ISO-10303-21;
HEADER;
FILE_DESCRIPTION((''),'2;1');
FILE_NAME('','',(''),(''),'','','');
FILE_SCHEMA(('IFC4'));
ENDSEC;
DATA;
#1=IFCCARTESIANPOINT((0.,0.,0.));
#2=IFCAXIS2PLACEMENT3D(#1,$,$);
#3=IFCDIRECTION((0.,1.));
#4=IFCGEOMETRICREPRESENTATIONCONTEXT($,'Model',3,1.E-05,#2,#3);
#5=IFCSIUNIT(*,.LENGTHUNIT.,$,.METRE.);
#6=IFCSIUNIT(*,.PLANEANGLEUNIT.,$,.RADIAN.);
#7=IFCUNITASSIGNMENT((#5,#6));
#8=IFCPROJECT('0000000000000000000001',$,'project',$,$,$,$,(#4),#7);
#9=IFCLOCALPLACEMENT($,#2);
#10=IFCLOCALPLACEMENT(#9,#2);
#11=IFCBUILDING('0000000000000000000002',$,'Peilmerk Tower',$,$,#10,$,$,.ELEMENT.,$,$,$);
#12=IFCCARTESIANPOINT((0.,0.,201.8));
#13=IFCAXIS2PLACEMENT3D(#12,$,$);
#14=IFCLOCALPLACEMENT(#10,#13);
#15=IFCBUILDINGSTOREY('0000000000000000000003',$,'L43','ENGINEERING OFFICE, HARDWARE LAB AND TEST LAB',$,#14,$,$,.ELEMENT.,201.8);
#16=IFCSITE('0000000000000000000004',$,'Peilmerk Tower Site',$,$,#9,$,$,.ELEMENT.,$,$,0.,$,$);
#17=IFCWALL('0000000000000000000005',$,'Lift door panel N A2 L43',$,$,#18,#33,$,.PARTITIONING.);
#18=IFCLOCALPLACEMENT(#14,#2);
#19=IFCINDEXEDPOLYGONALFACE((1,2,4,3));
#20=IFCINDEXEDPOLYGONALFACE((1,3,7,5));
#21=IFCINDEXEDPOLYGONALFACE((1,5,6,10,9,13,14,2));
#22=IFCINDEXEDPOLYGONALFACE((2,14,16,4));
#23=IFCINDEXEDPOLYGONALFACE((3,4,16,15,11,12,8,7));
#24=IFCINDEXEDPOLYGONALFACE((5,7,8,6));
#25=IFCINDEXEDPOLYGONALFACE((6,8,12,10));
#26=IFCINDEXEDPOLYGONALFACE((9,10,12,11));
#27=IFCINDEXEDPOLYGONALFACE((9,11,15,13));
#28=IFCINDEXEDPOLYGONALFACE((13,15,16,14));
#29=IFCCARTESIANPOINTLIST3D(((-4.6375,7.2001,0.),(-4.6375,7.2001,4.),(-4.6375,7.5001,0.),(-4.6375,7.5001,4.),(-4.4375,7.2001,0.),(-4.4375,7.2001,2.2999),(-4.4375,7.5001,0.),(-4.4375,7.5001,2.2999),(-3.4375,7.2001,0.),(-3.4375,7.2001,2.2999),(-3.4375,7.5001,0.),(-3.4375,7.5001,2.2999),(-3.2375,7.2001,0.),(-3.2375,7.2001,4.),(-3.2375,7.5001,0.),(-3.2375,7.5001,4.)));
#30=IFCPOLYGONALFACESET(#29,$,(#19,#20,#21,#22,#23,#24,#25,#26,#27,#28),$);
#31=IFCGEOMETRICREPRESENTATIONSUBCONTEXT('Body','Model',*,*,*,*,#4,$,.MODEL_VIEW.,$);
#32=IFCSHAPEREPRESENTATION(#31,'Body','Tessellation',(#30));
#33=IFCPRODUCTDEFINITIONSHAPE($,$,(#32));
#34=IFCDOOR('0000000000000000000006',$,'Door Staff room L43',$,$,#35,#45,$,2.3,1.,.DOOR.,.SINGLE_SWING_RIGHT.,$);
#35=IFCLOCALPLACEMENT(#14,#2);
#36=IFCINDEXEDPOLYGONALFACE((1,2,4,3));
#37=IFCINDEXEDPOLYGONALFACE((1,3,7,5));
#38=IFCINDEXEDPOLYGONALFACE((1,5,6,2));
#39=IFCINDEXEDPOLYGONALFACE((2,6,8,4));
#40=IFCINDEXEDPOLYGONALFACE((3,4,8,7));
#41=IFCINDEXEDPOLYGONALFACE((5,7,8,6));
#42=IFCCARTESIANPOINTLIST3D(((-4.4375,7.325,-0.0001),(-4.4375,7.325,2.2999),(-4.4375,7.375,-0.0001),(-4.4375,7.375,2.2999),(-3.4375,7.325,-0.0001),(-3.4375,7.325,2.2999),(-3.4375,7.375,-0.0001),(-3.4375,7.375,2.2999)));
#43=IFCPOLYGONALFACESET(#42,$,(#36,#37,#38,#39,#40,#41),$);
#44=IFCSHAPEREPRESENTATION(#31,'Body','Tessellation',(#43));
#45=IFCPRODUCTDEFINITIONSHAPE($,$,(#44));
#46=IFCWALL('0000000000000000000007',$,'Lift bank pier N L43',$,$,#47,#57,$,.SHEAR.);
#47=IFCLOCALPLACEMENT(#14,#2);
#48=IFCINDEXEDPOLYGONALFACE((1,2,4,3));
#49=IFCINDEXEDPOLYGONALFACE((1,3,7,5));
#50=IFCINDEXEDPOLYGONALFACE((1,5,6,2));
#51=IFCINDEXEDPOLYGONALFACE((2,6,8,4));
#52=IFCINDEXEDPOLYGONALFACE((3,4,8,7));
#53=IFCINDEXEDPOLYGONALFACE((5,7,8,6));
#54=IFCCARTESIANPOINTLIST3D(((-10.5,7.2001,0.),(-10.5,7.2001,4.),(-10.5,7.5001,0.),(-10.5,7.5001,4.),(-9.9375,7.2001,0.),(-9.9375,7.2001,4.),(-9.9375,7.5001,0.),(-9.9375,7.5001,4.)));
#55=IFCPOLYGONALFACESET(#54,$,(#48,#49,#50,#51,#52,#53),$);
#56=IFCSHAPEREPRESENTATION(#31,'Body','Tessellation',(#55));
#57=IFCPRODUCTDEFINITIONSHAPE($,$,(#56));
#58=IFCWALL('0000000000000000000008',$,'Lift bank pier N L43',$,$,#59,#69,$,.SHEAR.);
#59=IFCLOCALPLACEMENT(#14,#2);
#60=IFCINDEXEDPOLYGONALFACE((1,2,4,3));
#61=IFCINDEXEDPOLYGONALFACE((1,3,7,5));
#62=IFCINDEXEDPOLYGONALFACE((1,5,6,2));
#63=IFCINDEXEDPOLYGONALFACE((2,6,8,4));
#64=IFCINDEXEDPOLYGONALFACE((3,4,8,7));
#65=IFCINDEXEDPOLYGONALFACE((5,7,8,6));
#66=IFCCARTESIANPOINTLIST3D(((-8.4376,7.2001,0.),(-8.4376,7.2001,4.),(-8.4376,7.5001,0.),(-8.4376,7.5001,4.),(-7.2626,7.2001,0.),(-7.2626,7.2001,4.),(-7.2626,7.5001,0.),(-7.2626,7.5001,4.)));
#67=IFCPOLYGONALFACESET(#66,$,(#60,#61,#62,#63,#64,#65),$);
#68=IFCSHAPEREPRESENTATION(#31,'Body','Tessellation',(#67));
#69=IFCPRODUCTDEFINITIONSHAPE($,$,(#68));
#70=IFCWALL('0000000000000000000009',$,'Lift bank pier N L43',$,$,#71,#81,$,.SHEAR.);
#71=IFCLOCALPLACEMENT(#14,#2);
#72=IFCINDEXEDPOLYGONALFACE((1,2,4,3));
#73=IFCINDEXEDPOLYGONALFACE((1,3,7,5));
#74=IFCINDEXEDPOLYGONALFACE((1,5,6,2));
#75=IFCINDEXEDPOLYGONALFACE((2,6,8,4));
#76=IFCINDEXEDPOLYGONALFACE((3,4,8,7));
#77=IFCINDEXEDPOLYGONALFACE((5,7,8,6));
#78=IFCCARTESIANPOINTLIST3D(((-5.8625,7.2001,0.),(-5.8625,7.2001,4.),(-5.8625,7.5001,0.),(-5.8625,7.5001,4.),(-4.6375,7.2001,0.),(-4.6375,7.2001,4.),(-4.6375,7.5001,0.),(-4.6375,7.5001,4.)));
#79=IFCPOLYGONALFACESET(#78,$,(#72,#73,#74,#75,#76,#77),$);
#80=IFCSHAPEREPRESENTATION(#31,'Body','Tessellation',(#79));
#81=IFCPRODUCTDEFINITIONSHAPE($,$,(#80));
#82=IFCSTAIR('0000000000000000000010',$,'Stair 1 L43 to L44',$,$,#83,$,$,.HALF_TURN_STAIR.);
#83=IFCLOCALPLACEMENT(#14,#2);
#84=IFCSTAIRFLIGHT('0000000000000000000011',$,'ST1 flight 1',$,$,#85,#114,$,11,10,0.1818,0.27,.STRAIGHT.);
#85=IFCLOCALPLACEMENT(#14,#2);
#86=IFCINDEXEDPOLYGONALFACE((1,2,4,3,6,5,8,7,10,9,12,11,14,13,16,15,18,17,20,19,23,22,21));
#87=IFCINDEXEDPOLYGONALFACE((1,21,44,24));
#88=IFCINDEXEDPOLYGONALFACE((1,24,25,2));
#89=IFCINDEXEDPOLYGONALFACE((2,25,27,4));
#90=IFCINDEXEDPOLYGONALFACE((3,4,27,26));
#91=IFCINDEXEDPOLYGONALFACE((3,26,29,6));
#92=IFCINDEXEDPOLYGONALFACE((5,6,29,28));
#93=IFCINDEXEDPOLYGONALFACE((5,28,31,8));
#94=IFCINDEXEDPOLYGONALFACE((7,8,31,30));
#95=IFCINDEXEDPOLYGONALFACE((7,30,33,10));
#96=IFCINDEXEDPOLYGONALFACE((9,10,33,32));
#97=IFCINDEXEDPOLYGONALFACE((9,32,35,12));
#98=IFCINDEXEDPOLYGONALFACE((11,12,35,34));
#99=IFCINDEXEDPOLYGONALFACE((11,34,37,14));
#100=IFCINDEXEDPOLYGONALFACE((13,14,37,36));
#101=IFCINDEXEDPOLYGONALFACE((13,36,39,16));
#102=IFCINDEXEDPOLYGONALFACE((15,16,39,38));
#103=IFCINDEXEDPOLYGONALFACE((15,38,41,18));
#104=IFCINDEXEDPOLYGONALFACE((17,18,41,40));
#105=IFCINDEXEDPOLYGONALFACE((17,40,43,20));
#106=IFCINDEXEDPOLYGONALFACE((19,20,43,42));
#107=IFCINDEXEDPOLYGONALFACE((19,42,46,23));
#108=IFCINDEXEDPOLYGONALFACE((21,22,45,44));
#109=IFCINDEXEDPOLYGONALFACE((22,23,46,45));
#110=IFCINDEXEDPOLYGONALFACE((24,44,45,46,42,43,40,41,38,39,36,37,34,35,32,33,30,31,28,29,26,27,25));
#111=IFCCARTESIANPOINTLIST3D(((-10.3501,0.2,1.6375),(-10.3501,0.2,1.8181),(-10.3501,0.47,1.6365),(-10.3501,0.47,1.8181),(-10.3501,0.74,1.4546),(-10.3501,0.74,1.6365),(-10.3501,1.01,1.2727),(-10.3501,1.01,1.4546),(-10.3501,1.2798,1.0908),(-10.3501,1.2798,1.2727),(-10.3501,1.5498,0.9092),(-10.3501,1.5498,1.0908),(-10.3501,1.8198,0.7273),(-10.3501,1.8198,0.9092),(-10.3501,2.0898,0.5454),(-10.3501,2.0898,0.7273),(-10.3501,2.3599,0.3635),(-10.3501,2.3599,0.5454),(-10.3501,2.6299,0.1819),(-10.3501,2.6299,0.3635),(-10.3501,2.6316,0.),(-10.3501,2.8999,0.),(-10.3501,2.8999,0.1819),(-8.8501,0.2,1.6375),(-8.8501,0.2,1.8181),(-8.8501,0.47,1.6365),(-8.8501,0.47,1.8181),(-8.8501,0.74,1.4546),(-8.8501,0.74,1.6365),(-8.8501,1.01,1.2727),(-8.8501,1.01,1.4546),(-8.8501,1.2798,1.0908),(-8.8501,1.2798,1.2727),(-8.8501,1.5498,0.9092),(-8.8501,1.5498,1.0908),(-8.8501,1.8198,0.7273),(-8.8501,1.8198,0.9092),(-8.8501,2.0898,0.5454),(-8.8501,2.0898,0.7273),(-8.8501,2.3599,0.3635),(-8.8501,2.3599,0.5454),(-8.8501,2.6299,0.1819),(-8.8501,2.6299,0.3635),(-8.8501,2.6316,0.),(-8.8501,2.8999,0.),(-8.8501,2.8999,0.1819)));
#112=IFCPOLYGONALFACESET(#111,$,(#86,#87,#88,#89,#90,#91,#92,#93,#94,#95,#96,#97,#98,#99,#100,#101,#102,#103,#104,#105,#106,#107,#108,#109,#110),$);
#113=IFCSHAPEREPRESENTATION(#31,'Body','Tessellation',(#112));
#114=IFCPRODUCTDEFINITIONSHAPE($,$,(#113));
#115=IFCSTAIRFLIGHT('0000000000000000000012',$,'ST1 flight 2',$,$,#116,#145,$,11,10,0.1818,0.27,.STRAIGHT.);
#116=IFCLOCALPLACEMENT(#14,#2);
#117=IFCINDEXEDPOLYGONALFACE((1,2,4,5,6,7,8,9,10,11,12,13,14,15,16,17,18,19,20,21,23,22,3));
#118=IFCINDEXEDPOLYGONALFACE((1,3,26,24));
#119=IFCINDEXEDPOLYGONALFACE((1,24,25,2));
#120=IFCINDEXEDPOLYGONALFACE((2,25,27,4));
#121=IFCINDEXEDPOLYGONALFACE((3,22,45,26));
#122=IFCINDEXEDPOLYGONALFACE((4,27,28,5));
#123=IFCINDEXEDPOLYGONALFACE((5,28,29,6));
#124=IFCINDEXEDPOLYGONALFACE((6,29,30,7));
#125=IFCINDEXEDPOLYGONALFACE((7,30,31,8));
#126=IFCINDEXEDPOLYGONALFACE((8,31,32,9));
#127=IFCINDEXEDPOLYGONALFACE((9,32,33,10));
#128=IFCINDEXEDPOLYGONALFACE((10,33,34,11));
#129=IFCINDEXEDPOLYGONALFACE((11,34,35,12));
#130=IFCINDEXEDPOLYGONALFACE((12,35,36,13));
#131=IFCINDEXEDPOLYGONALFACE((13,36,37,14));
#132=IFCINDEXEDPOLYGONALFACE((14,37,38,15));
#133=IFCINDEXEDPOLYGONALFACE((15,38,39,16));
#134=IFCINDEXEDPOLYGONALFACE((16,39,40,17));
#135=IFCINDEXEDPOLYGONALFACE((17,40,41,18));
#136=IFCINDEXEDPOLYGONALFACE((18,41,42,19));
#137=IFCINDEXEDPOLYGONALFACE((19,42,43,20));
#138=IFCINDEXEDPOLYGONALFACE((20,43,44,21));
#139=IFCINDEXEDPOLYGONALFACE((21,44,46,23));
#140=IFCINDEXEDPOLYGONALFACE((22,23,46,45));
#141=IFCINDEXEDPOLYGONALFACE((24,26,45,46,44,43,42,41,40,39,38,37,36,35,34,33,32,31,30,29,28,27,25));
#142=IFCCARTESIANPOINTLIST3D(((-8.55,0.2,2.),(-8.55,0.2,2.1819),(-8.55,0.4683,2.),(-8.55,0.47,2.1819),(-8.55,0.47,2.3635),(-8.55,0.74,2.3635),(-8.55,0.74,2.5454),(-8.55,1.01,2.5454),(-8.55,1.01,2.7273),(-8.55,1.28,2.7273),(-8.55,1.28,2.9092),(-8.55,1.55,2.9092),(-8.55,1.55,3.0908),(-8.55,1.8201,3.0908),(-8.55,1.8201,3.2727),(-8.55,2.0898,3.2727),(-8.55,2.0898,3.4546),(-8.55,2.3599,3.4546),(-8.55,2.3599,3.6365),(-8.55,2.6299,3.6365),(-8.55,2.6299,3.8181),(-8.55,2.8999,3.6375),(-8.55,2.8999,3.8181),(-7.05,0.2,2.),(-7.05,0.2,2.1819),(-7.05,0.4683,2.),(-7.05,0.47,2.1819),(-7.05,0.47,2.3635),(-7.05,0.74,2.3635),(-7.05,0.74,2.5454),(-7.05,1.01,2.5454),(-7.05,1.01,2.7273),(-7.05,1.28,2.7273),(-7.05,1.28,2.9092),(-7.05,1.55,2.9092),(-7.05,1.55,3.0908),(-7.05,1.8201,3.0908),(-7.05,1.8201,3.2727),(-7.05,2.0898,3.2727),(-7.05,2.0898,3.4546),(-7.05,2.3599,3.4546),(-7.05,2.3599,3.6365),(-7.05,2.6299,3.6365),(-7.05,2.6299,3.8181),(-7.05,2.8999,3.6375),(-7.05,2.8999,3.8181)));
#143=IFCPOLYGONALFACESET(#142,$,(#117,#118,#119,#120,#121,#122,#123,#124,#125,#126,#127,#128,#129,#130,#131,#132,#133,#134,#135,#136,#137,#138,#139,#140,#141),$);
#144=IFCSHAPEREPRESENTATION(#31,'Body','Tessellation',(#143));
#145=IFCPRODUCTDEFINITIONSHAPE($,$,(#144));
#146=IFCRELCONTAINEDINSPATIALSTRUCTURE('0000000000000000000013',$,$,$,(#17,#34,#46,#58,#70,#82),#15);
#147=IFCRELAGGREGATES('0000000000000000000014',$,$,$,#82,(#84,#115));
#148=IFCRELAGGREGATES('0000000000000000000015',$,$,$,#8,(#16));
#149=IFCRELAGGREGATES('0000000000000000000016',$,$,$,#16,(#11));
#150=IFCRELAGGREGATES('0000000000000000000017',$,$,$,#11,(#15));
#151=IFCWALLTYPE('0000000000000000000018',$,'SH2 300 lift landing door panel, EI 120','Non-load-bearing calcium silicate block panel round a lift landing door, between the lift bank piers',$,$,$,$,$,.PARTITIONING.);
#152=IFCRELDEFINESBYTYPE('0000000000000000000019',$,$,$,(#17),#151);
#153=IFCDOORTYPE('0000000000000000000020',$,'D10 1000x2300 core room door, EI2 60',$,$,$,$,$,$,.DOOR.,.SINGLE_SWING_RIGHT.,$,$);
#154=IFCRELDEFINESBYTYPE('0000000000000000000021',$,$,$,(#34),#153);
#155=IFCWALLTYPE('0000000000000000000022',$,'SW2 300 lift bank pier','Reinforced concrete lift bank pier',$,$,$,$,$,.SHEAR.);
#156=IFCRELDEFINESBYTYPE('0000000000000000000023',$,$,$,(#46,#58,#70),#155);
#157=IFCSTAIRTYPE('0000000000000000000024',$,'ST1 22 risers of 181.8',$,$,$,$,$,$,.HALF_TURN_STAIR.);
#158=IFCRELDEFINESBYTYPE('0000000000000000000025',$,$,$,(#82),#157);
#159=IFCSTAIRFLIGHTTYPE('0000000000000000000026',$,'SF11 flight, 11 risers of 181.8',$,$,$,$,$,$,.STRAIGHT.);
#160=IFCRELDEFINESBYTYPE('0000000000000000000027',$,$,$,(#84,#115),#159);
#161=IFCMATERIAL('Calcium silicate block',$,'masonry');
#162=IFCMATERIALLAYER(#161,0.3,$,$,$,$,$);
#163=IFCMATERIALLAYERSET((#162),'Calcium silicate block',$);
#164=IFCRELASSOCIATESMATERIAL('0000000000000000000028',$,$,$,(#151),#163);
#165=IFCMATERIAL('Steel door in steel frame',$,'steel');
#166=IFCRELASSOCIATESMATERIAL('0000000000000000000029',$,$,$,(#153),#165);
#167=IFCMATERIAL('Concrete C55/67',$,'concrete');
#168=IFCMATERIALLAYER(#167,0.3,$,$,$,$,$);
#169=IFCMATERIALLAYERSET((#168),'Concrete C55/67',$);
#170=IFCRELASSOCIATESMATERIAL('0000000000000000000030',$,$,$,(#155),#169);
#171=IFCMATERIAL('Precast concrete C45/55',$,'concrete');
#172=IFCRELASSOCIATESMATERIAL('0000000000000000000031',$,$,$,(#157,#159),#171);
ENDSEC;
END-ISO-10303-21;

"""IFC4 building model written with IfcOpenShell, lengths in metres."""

from ifc_helpers import new_model, si_unit, direction, frame, frame_2d, origin, place, context, subcontext, project, spatial, polyline, rectangle, outline, extrude, material, layer, layer_set, type_object, element, fill, aggregate, save


model = new_model("IFC4")

# Units and contexts
model_context = context("Model", 3, precision=1e-05, world=origin(), true_north=direction((0.0, 1.0)))
body_context = subcontext(model_context, "Body", "Model", "MODEL_VIEW")
ifc_project = project(units=[si_unit("LENGTHUNIT", "METRE"), si_unit("PLANEANGLEUNIT", "RADIAN")], contexts=[model_context])

# Site, building, storey
site_placement = place(None, origin())
site = spatial("IfcSite", under=ifc_project, at=site_placement, Name="Peilmerk Tower Site", CompositionType="ELEMENT", RefElevation=0.0)
building_placement = place(site_placement, origin())
building = spatial("IfcBuilding", under=site, at=building_placement, Name="Peilmerk Tower", CompositionType="ELEMENT")
storey_placement = place(building_placement, frame((0.0, 0.0, 201.8)))
storey = spatial("IfcBuildingStorey", under=building, at=storey_placement, Name="L43", Description="ENGINEERING OFFICE, HARDWARE LAB AND TEST LAB", CompositionType="ELEMENT", Elevation=201.8)

# Shared definitions
ifc_material_1 = material(Name="Concrete C55/67", Category="concrete")

# Shared definitions
ifc_material_2 = material(Name="Calcium silicate block", Category="masonry")

# Shared definitions
ifc_material_3 = material(Name="Steel door in steel frame", Category="steel")

# Shared definitions
ifc_layer_1 = layer(ifc_material_2, 0.3)
ifc_layer_set_1 = layer_set([ifc_layer_1], Name="Calcium silicate block")
wall_type_1 = type_object("IfcWallType", Name="SH2 300 lift landing door panel, EI 120", Description="Non-load-bearing calcium silicate block panel round a lift landing door, between the lift bank piers", PredefinedType="PARTITIONING", material=ifc_layer_set_1)

# Wall, opening, door
wall_1_placement = place(storey_placement, frame((-4.6375, 7.3501, 0.0), z_axis=(0.0, 0.0, 1.0), x_axis=(1.0, 0.0, 0.0)))
wall_1 = element("IfcWall", 1, at=wall_1_placement, inside=storey, type_object=wall_type_1, Name="Lift door panel N A2 L43", PredefinedType="PARTITIONING", context=body_context, shape_type="SweptSolid", body=[
    extrude(rectangle(XDim=1.3999, YDim=0.3, at=frame_2d((0.7, 0.0))), origin(), (0.0, 0.0, 1.0), 4.0),
])
opening_1_placement = place(wall_1_placement, frame((0.2, 0.0, 0.0)))
opening_1 = element("IfcOpeningElement", 2, at=opening_1_placement, cuts=wall_1, PredefinedType="OPENING", context=body_context, shape_type="SweptSolid", body=[
    extrude(rectangle(XDim=1.0, YDim=2.3, at=frame_2d((0.5, 1.1499))), frame((0.0, 0.1599, 0.0), z_axis=(0.0, -1.0, 0.0), x_axis=(1.0, 0.0, 0.0)), (0.0, 0.0, 1.0), 0.3201),
])
door_type_1 = type_object("IfcDoorType", Name="D10 1000x2300 core room door, EI2 60", OperationType="SINGLE_SWING_RIGHT", PredefinedType="DOOR", material=ifc_material_3)
door_1_placement = place(opening_1_placement, origin())
door_1 = element("IfcDoor", 3, at=door_1_placement, inside=storey, type_object=door_type_1, Name="Door Staff room L43", OperationType="SINGLE_SWING_RIGHT", OverallHeight=2.3, OverallWidth=1.0, PredefinedType="DOOR", context=body_context, shape_type="SweptSolid", body=[
    extrude(rectangle(XDim=1.0, YDim=2.3, at=frame_2d((0.5, 1.1499))), frame((0.0, 0.0249, 0.0), z_axis=(0.0, -1.0, 0.0), x_axis=(1.0, 0.0, 0.0)), (0.0, 0.0, 1.0), 0.05),
])
fill(opening_1, door_1)

# Walls
ifc_layer_2 = layer(ifc_material_1, 0.3)
ifc_layer_set_2 = layer_set([ifc_layer_2], Name="Concrete C55/67")
wall_type_2 = type_object("IfcWallType", Name="SW2 300 lift bank pier", Description="Reinforced concrete lift bank pier", PredefinedType="SHEAR", material=ifc_layer_set_2)
wall_2_placement = place(storey_placement, frame((-10.5, 7.3501, 0.0), z_axis=(0.0, 0.0, 1.0), x_axis=(1.0, 0.0, 0.0)))
element("IfcWall", 4, at=wall_2_placement, inside=storey, type_object=wall_type_2, Name="Lift bank pier N L43", PredefinedType="SHEAR", context=body_context, shape_type="SweptSolid", body=[
    extrude(rectangle(XDim=0.5625, YDim=0.3, at=frame_2d((0.2812, 0.0))), origin(), (0.0, 0.0, 1.0), 4.0),
])
wall_3_placement = place(storey_placement, frame((-8.4375, 7.3501, 0.0), z_axis=(0.0, 0.0, 1.0), x_axis=(1.0, 0.0, 0.0)))
element("IfcWall", 5, at=wall_3_placement, inside=storey, type_object=wall_type_2, Name="Lift bank pier N L43", PredefinedType="SHEAR", context=body_context, shape_type="SweptSolid", body=[
    extrude(rectangle(XDim=1.175, YDim=0.3, at=frame_2d((0.5874, 0.0))), origin(), (0.0, 0.0, 1.0), 4.0),
])
wall_4_placement = place(storey_placement, frame((-5.8625, 7.3501, 0.0), z_axis=(0.0, 0.0, 1.0), x_axis=(1.0, 0.0, 0.0)))
element("IfcWall", 6, at=wall_4_placement, inside=storey, type_object=wall_type_2, Name="Lift bank pier N L43", PredefinedType="SHEAR", context=body_context, shape_type="SweptSolid", body=[
    extrude(rectangle(XDim=1.2251, YDim=0.3, at=frame_2d((0.6125, 0.0))), origin(), (0.0, 0.0, 1.0), 4.0),
])

# Stair, stair flights
ifc_material_4 = material(Name="Precast concrete C45/55", Category="concrete")
stair_type = type_object("IfcStairType", Name="ST1 22 risers of 181.8", PredefinedType="HALF_TURN_STAIR", material=ifc_material_4)
stair_placement = place(storey_placement, origin())
stair = element("IfcStair", 7, at=stair_placement, inside=storey, type_object=stair_type, Name="Stair 1 L43 to L44", PredefinedType="HALF_TURN_STAIR")
stair_flight_type = type_object("IfcStairFlightType", Name="SF11 flight, 11 risers of 181.8", PredefinedType="STRAIGHT", material=ifc_material_4)
stair_flight_1_placement = place(storey_placement, frame((-9.6001, 2.8999, 0.0), z_axis=(0.0, 0.0, 1.0), x_axis=(0.0, -1.0, 0.0)))
stair_flight_1 = element("IfcStairFlight", 8, at=stair_flight_1_placement, type_object=stair_flight_type, Name="ST1 flight 1", NumberOfRisers=11, NumberOfTreads=10, PredefinedType="STRAIGHT", RiserHeight=0.1818, TreadLength=0.27, context=body_context, shape_type="SweptSolid", body=[
    extrude(outline(polyline([(0.0, 0.0), (0.0, 0.1819), (0.27, 0.1819), (0.27, 0.3635), (0.54, 0.3635), (0.54, 0.5454), (0.8101, 0.5454), (0.8101, 0.7273), (1.0801, 0.7273), (1.0801, 0.9092), (1.3501, 0.9092), (1.3501, 1.0908), (1.6201, 1.0908), (1.6201, 1.2727), (1.8899, 1.2727), (1.8899, 1.4546), (2.1599, 1.4546), (2.1599, 1.6365), (2.4299, 1.6365), (2.4299, 1.8181), (2.7, 1.8181), (2.7, 2.0), (2.7, 1.6375), (0.2683, 0.0), (0.0, 0.0)])), frame((0.0, 0.75, 0.0), z_axis=(0.0, -1.0, 0.0), x_axis=(1.0, 0.0, 0.0)), (0.0, 0.0, 1.0), 1.5),
])
stair_flight_2_placement = place(storey_placement, frame((-7.8, 0.2, 2.0), z_axis=(0.0, 0.0, 1.0), x_axis=(0.0, 1.0, 0.0)))
stair_flight_2 = element("IfcStairFlight", 9, at=stair_flight_2_placement, type_object=stair_flight_type, Name="ST1 flight 2", NumberOfRisers=11, NumberOfTreads=10, PredefinedType="STRAIGHT", RiserHeight=0.1818, TreadLength=0.27, context=body_context, shape_type="SweptSolid", body=[
    extrude(outline(polyline([(0.0, 0.0), (0.0, 0.1819), (0.27, 0.1819), (0.27, 0.3635), (0.54, 0.3635), (0.54, 0.5454), (0.8101, 0.5454), (0.8101, 0.7273), (1.0801, 0.7273), (1.0801, 0.9092), (1.3501, 0.9092), (1.3501, 1.0908), (1.6201, 1.0908), (1.6201, 1.2727), (1.8899, 1.2727), (1.8899, 1.4546), (2.1599, 1.4546), (2.1599, 1.6365), (2.4299, 1.6365), (2.4299, 1.8181), (2.7, 1.8181), (2.7, 2.0), (2.7, 1.6375), (0.2683, 0.0), (0.0, 0.0)])), frame((0.0, 0.75, 0.0), z_axis=(0.0, -1.0, 0.0), x_axis=(1.0, 0.0, 0.0)), (0.0, 0.0, 1.0), 1.5),
])
aggregate(stair, [stair_flight_1, stair_flight_2])

save(model, "model.ifc")
